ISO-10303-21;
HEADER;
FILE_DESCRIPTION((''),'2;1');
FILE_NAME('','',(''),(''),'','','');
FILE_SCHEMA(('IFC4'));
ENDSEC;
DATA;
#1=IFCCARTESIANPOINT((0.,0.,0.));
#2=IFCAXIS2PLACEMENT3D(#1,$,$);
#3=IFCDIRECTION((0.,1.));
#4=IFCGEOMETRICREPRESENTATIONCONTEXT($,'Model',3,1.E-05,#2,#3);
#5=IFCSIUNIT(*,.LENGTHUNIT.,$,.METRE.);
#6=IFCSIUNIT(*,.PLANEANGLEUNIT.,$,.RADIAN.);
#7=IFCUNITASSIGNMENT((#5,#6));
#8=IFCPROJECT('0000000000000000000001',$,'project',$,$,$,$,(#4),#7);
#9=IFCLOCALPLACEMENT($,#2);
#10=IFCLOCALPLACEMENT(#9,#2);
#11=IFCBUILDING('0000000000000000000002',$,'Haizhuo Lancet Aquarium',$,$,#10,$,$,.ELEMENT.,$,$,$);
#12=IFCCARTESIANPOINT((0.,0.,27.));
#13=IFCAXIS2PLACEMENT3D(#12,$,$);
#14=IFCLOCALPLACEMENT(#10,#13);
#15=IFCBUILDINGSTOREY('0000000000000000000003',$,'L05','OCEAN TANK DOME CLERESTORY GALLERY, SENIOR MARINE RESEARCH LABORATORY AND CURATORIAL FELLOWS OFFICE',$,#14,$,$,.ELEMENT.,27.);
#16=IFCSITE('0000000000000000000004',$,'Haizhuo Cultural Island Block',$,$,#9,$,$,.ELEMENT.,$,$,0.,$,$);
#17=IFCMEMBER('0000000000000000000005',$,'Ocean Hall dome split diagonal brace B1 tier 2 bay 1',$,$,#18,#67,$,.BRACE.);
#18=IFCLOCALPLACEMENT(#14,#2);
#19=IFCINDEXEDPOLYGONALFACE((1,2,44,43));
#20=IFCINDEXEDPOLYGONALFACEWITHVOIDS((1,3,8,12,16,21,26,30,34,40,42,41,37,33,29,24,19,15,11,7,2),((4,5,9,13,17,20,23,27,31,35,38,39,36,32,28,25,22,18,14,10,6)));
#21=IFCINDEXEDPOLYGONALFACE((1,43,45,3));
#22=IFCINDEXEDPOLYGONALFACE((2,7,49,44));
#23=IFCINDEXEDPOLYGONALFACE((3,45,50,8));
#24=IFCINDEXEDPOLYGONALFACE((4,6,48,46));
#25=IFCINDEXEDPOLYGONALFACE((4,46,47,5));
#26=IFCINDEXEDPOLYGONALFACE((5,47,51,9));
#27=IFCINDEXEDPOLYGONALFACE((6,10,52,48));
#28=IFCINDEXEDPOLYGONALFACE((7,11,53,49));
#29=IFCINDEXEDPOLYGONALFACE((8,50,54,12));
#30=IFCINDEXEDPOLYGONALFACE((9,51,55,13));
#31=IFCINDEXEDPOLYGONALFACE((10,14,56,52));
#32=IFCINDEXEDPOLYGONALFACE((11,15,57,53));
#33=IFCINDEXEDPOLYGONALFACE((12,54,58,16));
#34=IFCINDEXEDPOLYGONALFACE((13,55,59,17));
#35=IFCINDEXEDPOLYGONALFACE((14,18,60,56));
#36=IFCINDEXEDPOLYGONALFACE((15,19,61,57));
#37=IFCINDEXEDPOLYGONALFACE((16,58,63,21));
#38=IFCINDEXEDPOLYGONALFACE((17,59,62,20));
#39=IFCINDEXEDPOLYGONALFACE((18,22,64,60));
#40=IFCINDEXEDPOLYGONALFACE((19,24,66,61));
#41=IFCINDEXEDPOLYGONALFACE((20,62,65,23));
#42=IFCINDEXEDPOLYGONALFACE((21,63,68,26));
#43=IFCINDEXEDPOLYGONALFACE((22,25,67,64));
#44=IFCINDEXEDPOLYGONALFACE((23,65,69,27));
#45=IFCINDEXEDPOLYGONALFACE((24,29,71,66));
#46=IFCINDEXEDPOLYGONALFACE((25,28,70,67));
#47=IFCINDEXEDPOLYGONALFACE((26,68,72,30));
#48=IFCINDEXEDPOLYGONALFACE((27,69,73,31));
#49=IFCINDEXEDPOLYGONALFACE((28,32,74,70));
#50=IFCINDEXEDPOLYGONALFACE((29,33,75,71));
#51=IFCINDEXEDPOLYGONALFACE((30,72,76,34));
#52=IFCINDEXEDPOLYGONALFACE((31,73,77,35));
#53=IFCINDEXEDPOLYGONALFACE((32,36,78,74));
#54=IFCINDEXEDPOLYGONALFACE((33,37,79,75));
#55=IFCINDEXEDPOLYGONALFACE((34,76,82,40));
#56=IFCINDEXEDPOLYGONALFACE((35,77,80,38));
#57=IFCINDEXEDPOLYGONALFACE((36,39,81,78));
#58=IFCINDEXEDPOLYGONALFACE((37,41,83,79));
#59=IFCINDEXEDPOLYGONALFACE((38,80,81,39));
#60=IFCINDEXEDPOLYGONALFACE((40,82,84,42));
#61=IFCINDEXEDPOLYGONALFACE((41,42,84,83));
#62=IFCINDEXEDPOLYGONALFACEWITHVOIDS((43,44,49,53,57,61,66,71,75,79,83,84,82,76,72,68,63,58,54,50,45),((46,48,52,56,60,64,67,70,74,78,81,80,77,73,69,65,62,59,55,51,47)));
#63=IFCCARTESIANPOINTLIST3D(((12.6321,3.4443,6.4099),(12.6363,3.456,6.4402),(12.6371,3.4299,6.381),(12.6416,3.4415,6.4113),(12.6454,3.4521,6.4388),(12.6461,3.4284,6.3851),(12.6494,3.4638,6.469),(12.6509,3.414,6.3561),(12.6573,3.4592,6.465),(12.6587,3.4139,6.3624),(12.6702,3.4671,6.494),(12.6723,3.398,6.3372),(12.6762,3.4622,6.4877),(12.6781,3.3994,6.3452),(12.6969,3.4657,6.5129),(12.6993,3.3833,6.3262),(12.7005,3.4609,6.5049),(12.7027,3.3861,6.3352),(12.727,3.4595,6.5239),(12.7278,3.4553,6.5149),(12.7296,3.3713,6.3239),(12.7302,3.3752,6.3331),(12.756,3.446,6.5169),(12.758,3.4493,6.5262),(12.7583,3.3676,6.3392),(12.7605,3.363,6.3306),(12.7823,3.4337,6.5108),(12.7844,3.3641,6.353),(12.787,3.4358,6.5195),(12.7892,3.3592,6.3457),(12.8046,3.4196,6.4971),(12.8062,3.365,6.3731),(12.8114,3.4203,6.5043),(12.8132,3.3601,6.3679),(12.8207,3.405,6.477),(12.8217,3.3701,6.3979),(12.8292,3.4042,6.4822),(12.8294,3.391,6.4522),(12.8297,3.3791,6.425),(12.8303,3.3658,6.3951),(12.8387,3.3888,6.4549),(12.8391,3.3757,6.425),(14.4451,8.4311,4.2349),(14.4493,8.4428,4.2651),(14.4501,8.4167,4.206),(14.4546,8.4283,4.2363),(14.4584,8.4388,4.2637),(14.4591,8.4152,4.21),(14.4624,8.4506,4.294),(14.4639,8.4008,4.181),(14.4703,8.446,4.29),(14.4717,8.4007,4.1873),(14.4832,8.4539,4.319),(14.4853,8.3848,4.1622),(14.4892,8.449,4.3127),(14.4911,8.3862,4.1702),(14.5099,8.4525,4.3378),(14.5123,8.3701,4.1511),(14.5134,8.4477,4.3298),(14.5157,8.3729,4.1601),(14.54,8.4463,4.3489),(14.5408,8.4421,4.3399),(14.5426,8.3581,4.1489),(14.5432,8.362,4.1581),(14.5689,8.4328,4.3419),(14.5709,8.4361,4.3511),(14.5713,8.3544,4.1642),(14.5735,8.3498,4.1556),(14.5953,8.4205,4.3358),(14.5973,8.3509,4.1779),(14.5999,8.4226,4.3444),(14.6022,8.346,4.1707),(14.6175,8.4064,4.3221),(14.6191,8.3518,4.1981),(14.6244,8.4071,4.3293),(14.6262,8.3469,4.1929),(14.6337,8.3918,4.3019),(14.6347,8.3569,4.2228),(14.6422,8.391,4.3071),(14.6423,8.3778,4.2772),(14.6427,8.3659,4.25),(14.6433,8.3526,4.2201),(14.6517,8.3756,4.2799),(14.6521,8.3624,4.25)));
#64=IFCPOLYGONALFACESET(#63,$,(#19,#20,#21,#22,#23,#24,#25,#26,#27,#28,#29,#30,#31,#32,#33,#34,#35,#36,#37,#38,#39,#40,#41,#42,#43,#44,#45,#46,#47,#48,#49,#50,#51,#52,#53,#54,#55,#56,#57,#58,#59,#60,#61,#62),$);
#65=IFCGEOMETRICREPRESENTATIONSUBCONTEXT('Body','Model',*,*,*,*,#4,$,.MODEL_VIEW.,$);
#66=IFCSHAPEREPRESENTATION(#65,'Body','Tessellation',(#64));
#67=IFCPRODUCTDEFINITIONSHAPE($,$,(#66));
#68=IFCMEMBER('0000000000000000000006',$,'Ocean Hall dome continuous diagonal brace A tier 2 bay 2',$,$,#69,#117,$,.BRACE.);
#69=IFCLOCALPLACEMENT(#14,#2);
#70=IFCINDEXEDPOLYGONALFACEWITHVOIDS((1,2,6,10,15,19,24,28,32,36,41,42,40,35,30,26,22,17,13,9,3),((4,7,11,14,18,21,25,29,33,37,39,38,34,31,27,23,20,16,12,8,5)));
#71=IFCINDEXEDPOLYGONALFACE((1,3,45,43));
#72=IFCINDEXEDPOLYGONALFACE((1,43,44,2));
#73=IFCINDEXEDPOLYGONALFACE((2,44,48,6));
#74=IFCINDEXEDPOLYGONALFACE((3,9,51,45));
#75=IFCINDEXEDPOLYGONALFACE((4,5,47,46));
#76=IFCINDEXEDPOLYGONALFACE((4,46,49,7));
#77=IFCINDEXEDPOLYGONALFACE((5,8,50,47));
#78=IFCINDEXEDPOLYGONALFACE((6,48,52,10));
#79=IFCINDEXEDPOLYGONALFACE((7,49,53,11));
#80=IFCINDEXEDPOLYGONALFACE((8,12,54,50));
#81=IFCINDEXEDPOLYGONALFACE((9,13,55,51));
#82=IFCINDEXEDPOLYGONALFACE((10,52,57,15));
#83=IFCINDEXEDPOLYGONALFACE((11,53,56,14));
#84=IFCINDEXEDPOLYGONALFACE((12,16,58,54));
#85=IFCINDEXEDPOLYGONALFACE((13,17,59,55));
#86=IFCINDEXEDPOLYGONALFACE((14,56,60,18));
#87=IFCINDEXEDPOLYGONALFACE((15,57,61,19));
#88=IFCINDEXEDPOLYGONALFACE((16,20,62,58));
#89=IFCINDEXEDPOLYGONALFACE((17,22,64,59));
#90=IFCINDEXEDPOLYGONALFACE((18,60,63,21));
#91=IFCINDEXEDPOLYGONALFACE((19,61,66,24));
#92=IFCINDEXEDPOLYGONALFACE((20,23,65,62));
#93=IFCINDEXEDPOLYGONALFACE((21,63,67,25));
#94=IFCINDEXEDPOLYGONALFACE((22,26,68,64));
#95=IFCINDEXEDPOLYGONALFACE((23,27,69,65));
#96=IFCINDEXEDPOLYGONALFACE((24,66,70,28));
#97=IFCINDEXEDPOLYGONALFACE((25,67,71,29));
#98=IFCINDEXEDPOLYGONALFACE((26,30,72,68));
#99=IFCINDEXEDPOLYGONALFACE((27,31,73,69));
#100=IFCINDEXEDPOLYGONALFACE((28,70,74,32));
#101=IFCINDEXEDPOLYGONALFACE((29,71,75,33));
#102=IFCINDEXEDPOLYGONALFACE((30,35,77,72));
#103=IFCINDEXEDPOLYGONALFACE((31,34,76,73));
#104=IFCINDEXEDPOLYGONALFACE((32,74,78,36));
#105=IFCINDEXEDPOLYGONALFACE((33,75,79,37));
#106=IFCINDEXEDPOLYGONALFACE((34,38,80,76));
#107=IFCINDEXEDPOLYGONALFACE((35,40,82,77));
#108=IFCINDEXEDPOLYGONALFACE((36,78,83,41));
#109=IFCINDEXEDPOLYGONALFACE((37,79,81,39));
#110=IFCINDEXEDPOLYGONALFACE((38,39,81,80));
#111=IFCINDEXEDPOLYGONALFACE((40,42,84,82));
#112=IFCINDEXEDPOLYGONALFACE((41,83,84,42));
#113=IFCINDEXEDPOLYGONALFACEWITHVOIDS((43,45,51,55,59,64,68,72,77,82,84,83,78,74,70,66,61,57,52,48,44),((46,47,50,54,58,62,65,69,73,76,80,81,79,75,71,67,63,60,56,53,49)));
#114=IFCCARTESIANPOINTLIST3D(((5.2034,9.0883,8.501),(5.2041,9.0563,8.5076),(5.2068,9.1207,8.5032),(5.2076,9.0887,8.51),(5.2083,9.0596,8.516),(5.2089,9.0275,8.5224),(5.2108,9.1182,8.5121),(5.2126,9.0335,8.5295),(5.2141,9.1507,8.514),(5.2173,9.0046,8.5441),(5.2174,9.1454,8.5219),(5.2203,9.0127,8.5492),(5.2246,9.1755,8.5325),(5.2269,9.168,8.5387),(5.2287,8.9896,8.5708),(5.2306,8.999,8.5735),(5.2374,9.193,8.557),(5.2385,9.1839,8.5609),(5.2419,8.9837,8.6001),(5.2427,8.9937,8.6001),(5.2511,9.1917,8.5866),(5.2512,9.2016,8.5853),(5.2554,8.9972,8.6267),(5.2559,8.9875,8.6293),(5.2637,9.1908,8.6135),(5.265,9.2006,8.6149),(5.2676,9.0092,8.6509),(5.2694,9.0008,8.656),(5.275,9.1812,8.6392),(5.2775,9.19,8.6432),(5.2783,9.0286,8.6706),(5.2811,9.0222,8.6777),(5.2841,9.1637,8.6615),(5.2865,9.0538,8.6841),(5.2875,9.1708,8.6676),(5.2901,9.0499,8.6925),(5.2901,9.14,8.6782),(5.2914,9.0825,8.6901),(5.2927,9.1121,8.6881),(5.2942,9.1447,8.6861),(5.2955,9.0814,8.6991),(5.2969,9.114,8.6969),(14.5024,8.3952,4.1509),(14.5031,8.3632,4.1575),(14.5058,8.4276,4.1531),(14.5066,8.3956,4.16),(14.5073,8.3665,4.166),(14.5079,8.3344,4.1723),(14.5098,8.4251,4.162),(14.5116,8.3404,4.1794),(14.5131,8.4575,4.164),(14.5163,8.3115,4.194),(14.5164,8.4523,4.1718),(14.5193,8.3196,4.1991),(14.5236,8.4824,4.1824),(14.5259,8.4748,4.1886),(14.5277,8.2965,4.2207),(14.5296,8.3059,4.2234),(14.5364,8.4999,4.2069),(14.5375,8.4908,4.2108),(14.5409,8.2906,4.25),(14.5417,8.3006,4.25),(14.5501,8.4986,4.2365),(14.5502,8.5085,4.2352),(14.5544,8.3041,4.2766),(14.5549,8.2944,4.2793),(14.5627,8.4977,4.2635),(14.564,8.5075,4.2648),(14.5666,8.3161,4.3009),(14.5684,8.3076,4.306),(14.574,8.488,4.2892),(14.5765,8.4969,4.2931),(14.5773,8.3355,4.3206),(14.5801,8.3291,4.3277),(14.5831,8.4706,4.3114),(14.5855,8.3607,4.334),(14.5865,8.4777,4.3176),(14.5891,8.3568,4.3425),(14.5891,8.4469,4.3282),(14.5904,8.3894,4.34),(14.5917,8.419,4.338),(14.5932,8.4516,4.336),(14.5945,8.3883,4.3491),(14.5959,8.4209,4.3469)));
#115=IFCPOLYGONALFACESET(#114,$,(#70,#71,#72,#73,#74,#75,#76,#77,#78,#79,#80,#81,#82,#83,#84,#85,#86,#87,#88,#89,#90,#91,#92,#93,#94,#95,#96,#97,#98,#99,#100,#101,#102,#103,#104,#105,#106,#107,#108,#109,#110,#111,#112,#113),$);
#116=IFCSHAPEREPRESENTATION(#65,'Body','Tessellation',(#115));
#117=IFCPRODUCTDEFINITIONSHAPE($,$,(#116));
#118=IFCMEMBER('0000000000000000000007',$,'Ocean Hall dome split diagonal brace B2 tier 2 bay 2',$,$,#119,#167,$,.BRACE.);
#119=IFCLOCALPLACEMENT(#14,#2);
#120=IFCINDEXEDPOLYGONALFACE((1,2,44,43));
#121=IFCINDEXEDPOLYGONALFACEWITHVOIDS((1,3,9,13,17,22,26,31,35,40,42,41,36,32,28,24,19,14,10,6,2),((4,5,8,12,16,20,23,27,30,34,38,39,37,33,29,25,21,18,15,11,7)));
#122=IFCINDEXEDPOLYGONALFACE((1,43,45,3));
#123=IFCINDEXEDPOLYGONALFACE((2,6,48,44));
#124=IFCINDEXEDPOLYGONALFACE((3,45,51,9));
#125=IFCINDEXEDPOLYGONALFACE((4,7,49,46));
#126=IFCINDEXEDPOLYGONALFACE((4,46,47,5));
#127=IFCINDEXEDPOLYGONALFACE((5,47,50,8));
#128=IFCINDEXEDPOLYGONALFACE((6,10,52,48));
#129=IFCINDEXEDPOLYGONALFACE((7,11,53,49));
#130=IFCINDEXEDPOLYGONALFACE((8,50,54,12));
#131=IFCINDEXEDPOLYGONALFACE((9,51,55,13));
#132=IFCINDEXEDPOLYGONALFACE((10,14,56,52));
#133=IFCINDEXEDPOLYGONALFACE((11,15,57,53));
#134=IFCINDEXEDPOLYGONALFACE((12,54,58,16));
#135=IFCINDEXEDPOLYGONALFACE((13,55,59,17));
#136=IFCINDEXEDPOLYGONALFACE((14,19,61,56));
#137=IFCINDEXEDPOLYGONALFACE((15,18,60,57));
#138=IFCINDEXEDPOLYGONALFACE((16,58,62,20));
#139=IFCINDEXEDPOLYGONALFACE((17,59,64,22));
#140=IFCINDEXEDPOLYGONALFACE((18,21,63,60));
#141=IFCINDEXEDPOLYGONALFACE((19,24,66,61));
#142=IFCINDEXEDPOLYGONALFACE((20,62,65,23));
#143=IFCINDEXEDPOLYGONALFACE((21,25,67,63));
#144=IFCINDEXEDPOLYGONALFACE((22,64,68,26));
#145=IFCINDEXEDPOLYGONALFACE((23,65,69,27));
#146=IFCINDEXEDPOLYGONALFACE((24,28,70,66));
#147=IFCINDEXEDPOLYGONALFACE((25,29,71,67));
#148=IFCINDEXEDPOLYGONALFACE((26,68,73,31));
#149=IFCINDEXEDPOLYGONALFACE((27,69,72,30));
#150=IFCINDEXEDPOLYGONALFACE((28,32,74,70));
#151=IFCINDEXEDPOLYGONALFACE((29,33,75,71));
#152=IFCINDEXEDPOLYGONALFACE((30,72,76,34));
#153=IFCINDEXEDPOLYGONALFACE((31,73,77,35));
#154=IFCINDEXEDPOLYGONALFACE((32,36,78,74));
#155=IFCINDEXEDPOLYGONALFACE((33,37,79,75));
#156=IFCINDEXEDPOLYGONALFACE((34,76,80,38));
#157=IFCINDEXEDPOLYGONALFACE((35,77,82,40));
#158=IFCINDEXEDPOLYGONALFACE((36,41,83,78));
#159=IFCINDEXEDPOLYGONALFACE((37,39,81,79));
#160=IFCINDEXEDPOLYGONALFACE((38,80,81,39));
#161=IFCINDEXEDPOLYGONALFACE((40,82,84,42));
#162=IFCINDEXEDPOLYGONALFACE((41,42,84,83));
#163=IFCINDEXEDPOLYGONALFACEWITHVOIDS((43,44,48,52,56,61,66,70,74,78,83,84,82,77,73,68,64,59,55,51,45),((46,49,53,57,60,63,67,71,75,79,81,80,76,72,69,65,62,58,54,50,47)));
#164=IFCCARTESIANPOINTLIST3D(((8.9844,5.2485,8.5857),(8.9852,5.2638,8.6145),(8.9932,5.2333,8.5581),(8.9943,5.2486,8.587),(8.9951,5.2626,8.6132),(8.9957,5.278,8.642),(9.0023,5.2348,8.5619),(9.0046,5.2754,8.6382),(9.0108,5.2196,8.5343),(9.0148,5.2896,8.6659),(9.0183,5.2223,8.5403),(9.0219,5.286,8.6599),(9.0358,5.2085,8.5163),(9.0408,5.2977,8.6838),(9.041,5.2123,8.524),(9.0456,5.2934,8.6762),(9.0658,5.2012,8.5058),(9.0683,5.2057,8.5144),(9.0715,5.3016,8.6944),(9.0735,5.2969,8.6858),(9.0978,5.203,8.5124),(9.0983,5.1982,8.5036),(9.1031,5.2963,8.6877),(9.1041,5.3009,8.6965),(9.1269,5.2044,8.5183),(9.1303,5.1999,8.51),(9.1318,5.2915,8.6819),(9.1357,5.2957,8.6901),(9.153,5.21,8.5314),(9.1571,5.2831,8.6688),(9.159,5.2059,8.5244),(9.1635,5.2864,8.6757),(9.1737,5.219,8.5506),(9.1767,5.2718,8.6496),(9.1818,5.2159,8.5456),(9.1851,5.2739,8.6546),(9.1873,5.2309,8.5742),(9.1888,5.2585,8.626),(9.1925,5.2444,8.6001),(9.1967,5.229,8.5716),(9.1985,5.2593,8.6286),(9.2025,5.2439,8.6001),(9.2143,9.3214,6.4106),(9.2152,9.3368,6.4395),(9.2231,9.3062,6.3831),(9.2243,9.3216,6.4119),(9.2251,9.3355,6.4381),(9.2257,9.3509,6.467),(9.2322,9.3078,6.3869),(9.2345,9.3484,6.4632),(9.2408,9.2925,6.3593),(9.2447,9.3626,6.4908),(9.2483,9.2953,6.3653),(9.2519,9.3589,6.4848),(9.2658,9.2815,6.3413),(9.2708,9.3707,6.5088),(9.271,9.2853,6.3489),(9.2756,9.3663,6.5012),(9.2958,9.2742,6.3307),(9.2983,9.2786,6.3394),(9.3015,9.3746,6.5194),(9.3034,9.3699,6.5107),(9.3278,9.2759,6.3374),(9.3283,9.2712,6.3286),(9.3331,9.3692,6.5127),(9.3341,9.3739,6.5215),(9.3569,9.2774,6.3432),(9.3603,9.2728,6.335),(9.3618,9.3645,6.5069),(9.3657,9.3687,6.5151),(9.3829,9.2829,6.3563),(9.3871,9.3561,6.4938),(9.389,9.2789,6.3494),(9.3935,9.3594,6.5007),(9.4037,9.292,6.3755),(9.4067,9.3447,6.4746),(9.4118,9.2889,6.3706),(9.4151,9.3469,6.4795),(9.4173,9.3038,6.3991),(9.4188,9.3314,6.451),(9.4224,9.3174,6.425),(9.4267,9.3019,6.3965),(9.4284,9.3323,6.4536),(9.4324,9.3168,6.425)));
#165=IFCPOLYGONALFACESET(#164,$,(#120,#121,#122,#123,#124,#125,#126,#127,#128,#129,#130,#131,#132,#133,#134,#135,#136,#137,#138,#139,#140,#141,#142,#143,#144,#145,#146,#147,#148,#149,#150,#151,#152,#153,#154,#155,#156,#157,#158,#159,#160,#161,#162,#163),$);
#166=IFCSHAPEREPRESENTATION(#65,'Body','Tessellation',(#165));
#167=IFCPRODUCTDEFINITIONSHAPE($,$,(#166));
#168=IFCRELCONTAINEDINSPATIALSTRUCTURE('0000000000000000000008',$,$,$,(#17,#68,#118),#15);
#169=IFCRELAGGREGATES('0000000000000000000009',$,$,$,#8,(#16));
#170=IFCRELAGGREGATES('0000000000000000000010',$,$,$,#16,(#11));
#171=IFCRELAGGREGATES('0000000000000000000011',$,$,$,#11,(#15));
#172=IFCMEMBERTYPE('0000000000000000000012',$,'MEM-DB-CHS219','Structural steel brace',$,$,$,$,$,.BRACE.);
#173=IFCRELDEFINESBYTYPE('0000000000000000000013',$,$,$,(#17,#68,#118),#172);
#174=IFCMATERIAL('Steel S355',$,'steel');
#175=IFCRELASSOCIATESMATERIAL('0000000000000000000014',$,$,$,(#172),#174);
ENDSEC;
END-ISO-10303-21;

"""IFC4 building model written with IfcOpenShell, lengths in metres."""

from ifc_helpers import new_model, si_unit, direction, frame, origin, origin_2d, place, context, subcontext, project, spatial, hollow_circle, extrude, material, material_profile, profile_set, type_object, element, save


model = new_model("IFC4")

# Units and contexts
model_context = context("Model", 3, precision=1e-05, world=origin(), true_north=direction((0.0, 1.0)))
body_context = subcontext(model_context, "Body", "Model", "MODEL_VIEW")
ifc_project = project(units=[si_unit("LENGTHUNIT", "METRE"), si_unit("PLANEANGLEUNIT", "RADIAN")], contexts=[model_context])

# Site, building, storey
site_placement = place(None, origin())
site = spatial("IfcSite", under=ifc_project, at=site_placement, Name="Haizhuo Cultural Island Block", CompositionType="ELEMENT", RefElevation=0.0)
building_placement = place(site_placement, origin())
building = spatial("IfcBuilding", under=site, at=building_placement, Name="Haizhuo Lancet Aquarium", CompositionType="ELEMENT")
storey_placement = place(building_placement, frame((0.0, 0.0, 27.0)))
storey = spatial("IfcBuildingStorey", under=building, at=storey_placement, Name="L05", Description="OCEAN TANK DOME CLERESTORY GALLERY, SENIOR MARINE RESEARCH LABORATORY AND CURATORIAL FELLOWS OFFICE", CompositionType="ELEMENT", Elevation=27.0)

# Members
ifc_material_1 = material(Name="Steel S355", Category="steel")
ifc_material_profile_1 = material_profile(ifc_material_1, hollow_circle(Radius=0.1096, WallThickness=0.01, at=origin_2d()), Name="CHS 219x10")
ifc_profile_set_1 = profile_set([ifc_material_profile_1], Name="Steel S355")
member_type_1 = type_object("IfcMemberType", Name="MEM-DB-CHS219", Description="Structural steel brace", PredefinedType="BRACE", material=ifc_profile_set_1)
member_1_placement = place(storey_placement, frame((14.5491, 8.3999, 4.25), z_axis=(-0.316147, -0.869595, 0.379283), x_axis=(0.939818, -0.341677, 0.0)))
element("IfcMember", 1, at=member_1_placement, inside=storey, type_object=member_type_1, Name="Ocean Hall dome split diagonal brace B1 tier 2 bay 1", PredefinedType="BRACE", context=body_context, shape_type="SweptSolid", body=[
    extrude(hollow_circle(Radius=0.1096, WallThickness=0.01, at=origin_2d()), origin(), (0.0, 0.0, 1.0), 5.7346),
])
member_2_placement = place(storey_placement, frame((14.5491, 8.3999, 4.25), z_axis=(-0.903732, 0.067361, 0.422765), x_axis=(-0.07433, -0.997234, 0.0)))
element("IfcMember", 2, at=member_2_placement, inside=storey, type_object=member_type_1, Name="Ocean Hall dome continuous diagonal brace A tier 2 bay 2", PredefinedType="BRACE", context=body_context, shape_type="SweptSolid", body=[
    extrude(hollow_circle(Radius=0.1096, WallThickness=0.01, at=origin_2d()), origin(), (0.0, 0.0, 1.0), 10.2896),
])
member_3_placement = place(storey_placement, frame((9.323, 9.323, 6.425), z_axis=(-0.049746, -0.88101, 0.470474), x_axis=(0.99841, -0.056375, 0.0)))
element("IfcMember", 3, at=member_3_placement, inside=storey, type_object=member_type_1, Name="Ocean Hall dome split diagonal brace B2 tier 2 bay 2", PredefinedType="BRACE", context=body_context, shape_type="SweptSolid", body=[
    extrude(hollow_circle(Radius=0.1096, WallThickness=0.01, at=origin_2d()), origin(), (0.0, 0.0, 1.0), 4.623),
])

save(model, "model.ifc")
